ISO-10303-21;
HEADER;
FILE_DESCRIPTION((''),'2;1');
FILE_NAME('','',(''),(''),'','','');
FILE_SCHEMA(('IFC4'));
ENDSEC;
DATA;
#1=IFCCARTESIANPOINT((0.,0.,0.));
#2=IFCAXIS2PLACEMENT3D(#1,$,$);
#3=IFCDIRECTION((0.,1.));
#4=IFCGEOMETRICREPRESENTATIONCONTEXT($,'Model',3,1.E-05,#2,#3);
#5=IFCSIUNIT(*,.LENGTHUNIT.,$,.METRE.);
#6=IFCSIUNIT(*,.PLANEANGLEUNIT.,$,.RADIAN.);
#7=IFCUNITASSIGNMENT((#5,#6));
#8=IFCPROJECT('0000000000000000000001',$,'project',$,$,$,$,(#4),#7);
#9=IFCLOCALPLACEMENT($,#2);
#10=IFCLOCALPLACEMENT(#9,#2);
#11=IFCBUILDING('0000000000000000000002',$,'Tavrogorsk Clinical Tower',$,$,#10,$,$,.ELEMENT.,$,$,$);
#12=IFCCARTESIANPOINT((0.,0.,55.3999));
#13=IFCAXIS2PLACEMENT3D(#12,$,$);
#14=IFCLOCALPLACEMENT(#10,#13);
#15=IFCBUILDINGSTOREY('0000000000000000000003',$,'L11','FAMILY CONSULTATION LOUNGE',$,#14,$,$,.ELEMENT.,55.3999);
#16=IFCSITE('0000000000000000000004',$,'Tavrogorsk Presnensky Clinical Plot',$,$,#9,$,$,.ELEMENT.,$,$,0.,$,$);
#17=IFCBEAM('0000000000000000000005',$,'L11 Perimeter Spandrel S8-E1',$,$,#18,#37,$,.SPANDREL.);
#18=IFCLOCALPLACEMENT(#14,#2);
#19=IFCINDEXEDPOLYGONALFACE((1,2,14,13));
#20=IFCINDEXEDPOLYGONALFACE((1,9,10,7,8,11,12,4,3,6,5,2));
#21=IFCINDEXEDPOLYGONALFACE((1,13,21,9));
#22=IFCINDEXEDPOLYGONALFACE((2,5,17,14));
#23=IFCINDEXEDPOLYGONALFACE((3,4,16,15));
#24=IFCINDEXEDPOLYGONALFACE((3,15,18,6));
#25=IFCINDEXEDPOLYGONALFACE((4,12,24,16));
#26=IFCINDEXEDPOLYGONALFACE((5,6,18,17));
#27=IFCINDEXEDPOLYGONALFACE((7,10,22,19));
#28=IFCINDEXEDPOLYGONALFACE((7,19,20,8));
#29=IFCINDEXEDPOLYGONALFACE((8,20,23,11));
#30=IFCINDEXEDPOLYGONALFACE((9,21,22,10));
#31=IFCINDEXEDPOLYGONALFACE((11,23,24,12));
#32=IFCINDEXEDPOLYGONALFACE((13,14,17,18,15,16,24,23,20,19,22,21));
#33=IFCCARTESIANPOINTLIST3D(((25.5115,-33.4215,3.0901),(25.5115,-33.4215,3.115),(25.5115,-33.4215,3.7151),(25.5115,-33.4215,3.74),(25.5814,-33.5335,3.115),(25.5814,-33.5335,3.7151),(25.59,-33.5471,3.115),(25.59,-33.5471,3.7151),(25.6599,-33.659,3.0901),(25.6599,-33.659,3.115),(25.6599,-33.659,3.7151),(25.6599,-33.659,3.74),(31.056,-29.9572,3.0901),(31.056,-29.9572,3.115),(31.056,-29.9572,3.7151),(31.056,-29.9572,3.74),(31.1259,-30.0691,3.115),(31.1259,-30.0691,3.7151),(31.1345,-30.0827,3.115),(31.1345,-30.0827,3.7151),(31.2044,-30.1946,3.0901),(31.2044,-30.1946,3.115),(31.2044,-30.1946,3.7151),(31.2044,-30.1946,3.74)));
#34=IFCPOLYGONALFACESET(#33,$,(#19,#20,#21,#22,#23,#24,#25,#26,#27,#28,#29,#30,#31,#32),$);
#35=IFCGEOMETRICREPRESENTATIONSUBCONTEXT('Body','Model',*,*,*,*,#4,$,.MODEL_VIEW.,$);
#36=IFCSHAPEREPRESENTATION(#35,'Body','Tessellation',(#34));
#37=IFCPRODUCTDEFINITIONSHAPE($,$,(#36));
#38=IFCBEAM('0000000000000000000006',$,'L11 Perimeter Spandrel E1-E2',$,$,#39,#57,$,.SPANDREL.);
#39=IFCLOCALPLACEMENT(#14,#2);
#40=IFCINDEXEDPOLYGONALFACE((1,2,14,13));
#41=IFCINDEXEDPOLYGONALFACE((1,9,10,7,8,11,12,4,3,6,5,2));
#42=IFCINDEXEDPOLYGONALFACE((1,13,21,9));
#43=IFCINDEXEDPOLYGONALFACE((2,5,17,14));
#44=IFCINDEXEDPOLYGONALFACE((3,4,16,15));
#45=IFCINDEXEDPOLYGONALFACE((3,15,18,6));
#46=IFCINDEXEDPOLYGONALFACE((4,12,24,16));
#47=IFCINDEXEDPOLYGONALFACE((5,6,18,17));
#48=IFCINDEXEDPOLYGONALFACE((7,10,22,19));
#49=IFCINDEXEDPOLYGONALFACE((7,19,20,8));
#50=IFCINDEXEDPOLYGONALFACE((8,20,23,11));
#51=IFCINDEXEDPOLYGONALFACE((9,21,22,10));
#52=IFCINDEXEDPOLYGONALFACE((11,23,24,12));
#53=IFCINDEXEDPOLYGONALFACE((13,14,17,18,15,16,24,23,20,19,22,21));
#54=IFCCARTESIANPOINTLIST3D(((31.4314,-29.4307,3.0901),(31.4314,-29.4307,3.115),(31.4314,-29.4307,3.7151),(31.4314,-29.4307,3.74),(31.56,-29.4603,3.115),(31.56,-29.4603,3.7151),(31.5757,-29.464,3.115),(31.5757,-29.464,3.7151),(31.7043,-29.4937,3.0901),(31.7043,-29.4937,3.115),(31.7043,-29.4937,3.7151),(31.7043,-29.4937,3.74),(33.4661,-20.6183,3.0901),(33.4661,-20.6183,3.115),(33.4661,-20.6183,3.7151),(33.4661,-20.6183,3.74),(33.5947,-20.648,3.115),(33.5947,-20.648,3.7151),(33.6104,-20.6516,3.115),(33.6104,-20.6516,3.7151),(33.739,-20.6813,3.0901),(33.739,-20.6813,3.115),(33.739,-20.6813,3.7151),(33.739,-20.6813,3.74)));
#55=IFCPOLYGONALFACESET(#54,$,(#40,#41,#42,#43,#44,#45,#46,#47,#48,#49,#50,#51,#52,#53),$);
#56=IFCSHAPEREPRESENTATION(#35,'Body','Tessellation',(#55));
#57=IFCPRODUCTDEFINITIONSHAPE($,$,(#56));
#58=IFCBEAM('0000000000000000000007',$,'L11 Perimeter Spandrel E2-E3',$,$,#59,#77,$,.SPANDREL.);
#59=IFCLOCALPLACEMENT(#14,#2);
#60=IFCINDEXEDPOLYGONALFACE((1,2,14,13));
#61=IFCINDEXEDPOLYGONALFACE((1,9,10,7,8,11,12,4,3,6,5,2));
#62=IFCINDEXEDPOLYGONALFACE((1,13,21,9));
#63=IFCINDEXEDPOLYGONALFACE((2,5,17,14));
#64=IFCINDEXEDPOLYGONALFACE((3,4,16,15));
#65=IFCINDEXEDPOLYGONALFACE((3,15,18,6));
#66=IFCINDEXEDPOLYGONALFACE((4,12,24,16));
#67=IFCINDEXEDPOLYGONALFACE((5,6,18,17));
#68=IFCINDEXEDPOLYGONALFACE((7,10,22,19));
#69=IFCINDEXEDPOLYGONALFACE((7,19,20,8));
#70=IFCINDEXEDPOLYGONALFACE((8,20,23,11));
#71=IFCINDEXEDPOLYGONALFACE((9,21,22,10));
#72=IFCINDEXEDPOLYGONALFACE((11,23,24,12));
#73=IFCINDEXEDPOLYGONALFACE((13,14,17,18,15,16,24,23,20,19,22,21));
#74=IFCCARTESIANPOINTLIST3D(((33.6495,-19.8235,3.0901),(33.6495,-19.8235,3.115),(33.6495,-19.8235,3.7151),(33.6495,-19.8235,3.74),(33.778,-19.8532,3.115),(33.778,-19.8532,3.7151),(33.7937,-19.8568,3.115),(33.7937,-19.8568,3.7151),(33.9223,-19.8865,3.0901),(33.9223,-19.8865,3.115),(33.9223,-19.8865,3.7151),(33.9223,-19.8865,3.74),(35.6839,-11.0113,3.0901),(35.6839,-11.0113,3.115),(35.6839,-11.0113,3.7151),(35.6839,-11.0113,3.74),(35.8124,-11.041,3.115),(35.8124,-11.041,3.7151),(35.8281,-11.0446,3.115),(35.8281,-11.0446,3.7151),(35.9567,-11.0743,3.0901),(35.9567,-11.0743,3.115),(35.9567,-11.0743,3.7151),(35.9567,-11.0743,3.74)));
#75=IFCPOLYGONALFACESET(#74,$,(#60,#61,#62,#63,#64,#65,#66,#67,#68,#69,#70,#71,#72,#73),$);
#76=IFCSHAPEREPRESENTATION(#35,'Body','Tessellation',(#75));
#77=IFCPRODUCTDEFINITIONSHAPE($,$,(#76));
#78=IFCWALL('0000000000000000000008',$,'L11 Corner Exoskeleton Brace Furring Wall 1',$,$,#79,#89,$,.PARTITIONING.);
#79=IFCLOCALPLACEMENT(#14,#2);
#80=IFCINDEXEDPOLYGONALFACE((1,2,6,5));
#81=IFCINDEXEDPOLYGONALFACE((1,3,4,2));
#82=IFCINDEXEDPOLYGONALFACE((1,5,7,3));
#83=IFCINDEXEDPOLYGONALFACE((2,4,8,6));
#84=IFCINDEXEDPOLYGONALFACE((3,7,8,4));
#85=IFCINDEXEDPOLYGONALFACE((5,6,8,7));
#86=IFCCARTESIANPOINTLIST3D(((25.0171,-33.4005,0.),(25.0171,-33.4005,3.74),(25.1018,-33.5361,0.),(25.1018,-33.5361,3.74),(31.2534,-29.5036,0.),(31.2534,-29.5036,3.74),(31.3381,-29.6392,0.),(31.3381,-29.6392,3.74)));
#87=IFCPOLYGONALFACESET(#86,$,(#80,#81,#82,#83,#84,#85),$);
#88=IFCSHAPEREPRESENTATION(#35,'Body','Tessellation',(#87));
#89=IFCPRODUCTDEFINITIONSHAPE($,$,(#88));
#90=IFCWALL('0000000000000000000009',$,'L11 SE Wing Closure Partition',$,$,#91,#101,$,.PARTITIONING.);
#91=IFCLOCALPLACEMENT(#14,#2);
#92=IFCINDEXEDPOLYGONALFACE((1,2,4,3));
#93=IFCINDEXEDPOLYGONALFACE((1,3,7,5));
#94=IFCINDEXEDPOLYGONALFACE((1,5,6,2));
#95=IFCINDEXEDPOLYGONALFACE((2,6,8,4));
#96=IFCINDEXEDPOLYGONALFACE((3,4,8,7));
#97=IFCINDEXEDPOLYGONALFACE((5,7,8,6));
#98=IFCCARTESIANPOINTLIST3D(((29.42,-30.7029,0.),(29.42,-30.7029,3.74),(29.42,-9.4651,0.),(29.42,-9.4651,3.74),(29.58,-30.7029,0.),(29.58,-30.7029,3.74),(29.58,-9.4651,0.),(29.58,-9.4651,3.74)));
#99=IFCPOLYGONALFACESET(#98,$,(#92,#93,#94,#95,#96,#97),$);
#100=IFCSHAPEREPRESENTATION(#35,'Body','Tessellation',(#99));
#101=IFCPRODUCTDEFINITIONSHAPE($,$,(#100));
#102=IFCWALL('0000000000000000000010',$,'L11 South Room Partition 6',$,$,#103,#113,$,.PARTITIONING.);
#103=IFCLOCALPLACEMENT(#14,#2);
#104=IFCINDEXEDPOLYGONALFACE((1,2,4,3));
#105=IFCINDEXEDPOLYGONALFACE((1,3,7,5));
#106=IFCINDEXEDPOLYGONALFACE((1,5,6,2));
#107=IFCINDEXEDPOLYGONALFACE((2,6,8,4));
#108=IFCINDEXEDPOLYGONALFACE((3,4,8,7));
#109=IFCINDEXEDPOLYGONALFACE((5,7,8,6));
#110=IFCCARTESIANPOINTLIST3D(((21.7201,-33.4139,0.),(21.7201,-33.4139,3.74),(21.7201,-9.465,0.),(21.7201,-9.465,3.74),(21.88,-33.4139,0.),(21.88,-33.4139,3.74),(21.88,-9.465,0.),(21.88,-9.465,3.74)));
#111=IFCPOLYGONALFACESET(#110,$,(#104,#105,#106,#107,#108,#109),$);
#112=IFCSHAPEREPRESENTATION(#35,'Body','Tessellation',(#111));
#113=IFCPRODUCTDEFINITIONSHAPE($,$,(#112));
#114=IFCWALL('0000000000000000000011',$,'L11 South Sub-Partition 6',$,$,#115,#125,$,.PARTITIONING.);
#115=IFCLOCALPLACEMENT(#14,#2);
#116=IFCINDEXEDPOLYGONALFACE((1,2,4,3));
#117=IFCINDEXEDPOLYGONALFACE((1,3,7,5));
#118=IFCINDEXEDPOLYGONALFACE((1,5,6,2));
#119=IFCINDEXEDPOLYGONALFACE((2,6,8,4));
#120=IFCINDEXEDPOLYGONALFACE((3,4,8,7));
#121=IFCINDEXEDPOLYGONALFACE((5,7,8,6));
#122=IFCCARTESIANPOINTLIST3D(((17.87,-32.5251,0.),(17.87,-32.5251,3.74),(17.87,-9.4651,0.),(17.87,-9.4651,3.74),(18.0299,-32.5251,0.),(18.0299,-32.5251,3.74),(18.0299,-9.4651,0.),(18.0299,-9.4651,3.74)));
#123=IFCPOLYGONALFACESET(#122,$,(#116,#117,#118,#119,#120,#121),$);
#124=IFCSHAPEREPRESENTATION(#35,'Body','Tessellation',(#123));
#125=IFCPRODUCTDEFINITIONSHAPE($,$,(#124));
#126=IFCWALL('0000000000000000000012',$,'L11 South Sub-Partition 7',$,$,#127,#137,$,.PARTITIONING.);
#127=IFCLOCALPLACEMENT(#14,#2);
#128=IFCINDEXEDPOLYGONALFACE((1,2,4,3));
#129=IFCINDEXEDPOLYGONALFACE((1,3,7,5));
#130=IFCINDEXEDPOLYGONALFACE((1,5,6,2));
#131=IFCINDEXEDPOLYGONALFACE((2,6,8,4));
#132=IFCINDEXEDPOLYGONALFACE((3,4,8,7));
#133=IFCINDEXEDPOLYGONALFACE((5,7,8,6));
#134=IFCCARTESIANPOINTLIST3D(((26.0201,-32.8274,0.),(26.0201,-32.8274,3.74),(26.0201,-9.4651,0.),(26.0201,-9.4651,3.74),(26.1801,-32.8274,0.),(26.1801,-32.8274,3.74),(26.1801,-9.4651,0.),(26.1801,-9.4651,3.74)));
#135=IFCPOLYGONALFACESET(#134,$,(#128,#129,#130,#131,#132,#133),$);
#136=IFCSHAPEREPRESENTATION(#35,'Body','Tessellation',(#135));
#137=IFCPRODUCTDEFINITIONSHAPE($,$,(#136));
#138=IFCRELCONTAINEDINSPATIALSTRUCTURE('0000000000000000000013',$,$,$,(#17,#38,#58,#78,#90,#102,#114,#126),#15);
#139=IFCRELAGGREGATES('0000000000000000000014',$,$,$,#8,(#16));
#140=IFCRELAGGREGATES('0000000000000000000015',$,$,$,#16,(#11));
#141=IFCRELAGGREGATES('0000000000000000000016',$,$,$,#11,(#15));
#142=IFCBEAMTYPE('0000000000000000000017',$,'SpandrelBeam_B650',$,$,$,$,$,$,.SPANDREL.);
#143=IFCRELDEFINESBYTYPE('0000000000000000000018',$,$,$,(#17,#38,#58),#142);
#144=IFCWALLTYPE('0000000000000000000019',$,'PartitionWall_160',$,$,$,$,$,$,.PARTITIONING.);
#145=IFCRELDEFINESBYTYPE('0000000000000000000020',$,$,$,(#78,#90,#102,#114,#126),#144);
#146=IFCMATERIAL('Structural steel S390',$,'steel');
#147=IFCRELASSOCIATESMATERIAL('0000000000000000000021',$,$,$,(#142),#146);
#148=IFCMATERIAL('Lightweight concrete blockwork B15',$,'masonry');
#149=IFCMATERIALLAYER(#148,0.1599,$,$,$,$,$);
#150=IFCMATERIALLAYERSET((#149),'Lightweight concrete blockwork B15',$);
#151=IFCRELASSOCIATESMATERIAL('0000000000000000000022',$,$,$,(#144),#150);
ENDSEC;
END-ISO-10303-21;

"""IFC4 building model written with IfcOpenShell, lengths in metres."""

from ifc_helpers import new_model, si_unit, direction, frame, frame_2d, origin, origin_2d, place, context, subcontext, project, spatial, rectangle, i_section, extrude, material, layer, layer_set, material_profile, profile_set, type_object, element, save


model = new_model("IFC4")

# Units and contexts
model_context = context("Model", 3, precision=1e-05, world=origin(), true_north=direction((0.0, 1.0)))
body_context = subcontext(model_context, "Body", "Model", "MODEL_VIEW")
ifc_project = project(units=[si_unit("LENGTHUNIT", "METRE"), si_unit("PLANEANGLEUNIT", "RADIAN")], contexts=[model_context])

# Site, building, storey
site_placement = place(None, origin())
site = spatial("IfcSite", under=ifc_project, at=site_placement, Name="Tavrogorsk Presnensky Clinical Plot", CompositionType="ELEMENT", RefElevation=0.0)
building_placement = place(site_placement, origin())
building = spatial("IfcBuilding", under=site, at=building_placement, Name="Tavrogorsk Clinical Tower", CompositionType="ELEMENT")
storey_placement = place(building_placement, frame((0.0, 0.0, 55.3999)))
storey = spatial("IfcBuildingStorey", under=building, at=storey_placement, Name="L11", Description="FAMILY CONSULTATION LOUNGE", CompositionType="ELEMENT", Elevation=55.3999)

# Beams
ifc_material_1 = material(Name="Structural steel S390", Category="steel")
ifc_material_profile_1 = material_profile(ifc_material_1, i_section(OverallWidth=0.28, OverallDepth=0.6499, WebThickness=0.0161, FlangeThickness=0.0249, at=origin_2d()), Name="B-650x280x16x25")
ifc_profile_set_1 = profile_set([ifc_material_profile_1], Name="Structural steel S390")
beam_type_1 = type_object("IfcBeamType", Name="SpandrelBeam_B650", PredefinedType="SPANDREL", material=ifc_profile_set_1)
beam_1_placement = place(storey_placement, frame((25.5857, -33.5403, 3.415), z_axis=(0.848061, 0.529898, 0.0), x_axis=(-0.529898, 0.848061, 0.0)))
element("IfcBeam", 1, at=beam_1_placement, inside=storey, type_object=beam_type_1, Name="L11 Perimeter Spandrel S8-E1", PredefinedType="SPANDREL", context=body_context, shape_type="SweptSolid", body=[
    extrude(i_section(OverallWidth=0.28, OverallDepth=0.6499, WebThickness=0.0161, FlangeThickness=0.0249, at=origin_2d()), origin(), (0.0, 0.0, 1.0), 6.5378),
])
beam_2_placement = place(storey_placement, frame((31.5679, -29.4622, 3.415), z_axis=(0.224972, 0.974365, 0.0), x_axis=(-0.974365, 0.224972, 0.0)))
element("IfcBeam", 2, at=beam_2_placement, inside=storey, type_object=beam_type_1, Name="L11 Perimeter Spandrel E1-E2", PredefinedType="SPANDREL", context=body_context, shape_type="SweptSolid", body=[
    extrude(i_section(OverallWidth=0.28, OverallDepth=0.6499, WebThickness=0.0161, FlangeThickness=0.0249, at=origin_2d()), origin(), (0.0, 0.0, 1.0), 9.0442),
])
beam_3_placement = place(storey_placement, frame((33.7859, -19.855, 3.415), z_axis=(0.224946, 0.974371, 0.0), x_axis=(-0.974371, 0.224946, 0.0)))
element("IfcBeam", 3, at=beam_3_placement, inside=storey, type_object=beam_type_1, Name="L11 Perimeter Spandrel E2-E3", PredefinedType="SPANDREL", context=body_context, shape_type="SweptSolid", body=[
    extrude(i_section(OverallWidth=0.28, OverallDepth=0.6499, WebThickness=0.0161, FlangeThickness=0.0249, at=origin_2d()), origin(), (0.0, 0.0, 1.0), 9.0439),
])

# Walls
ifc_material_2 = material(Name="Lightweight concrete blockwork B15", Category="masonry")
ifc_layer_1 = layer(ifc_material_2, 0.1599)
ifc_layer_set_1 = layer_set([ifc_layer_1], Name="Lightweight concrete blockwork B15")
wall_type_1 = type_object("IfcWallType", Name="PartitionWall_160", PredefinedType="PARTITIONING", material=ifc_layer_set_1)
wall_1_placement = place(storey_placement, frame((25.0596, -33.4683, 0.0), z_axis=(0.0, 0.0, 1.0), x_axis=(0.848043, 0.529927, 0.0)))
element("IfcWall", 4, at=wall_1_placement, inside=storey, type_object=wall_type_1, Name="L11 Corner Exoskeleton Brace Furring Wall 1", PredefinedType="PARTITIONING", context=body_context, shape_type="SweptSolid", body=[
    extrude(rectangle(XDim=7.3538, YDim=0.1599, at=frame_2d((3.6768, 0.0))), origin(), (0.0, 0.0, 1.0), 3.74),
])
wall_2_placement = place(storey_placement, frame((29.5, -30.7029, 0.0), z_axis=(0.0, 0.0, 1.0), x_axis=(0.0, 1.0, 0.0)))
element("IfcWall", 5, at=wall_2_placement, inside=storey, type_object=wall_type_1, Name="L11 SE Wing Closure Partition", PredefinedType="PARTITIONING", context=body_context, shape_type="SweptSolid", body=[
    extrude(rectangle(XDim=21.2378, YDim=0.1599, at=frame_2d((10.6189, 0.0))), origin(), (0.0, 0.0, 1.0), 3.74),
])
wall_3_placement = place(storey_placement, frame((21.8, -33.4141, 0.0), z_axis=(0.0, 0.0, 1.0), x_axis=(0.0, 1.0, 0.0)))
element("IfcWall", 6, at=wall_3_placement, inside=storey, type_object=wall_type_1, Name="L11 South Room Partition 6", PredefinedType="PARTITIONING", context=body_context, shape_type="SweptSolid", body=[
    extrude(rectangle(XDim=23.949, YDim=0.1599, at=frame_2d((11.9746, 0.0))), origin(), (0.0, 0.0, 1.0), 3.74),
])
wall_4_placement = place(storey_placement, frame((17.95, -32.5251, 0.0), z_axis=(0.0, 0.0, 1.0), x_axis=(0.0, 1.0, 0.0)))
element("IfcWall", 7, at=wall_4_placement, inside=storey, type_object=wall_type_1, Name="L11 South Sub-Partition 6", PredefinedType="PARTITIONING", context=body_context, shape_type="SweptSolid", body=[
    extrude(rectangle(XDim=23.0601, YDim=0.1599, at=frame_2d((11.53, 0.0))), origin(), (0.0, 0.0, 1.0), 3.74),
])
wall_5_placement = place(storey_placement, frame((26.1001, -32.8274, 0.0), z_axis=(0.0, 0.0, 1.0), x_axis=(0.0, 1.0, 0.0)))
element("IfcWall", 8, at=wall_5_placement, inside=storey, type_object=wall_type_1, Name="L11 South Sub-Partition 7", PredefinedType="PARTITIONING", context=body_context, shape_type="SweptSolid", body=[
    extrude(rectangle(XDim=23.3623, YDim=0.1599, at=frame_2d((11.6812, 0.0))), origin(), (0.0, 0.0, 1.0), 3.74),
])

save(model, "model.ifc")
